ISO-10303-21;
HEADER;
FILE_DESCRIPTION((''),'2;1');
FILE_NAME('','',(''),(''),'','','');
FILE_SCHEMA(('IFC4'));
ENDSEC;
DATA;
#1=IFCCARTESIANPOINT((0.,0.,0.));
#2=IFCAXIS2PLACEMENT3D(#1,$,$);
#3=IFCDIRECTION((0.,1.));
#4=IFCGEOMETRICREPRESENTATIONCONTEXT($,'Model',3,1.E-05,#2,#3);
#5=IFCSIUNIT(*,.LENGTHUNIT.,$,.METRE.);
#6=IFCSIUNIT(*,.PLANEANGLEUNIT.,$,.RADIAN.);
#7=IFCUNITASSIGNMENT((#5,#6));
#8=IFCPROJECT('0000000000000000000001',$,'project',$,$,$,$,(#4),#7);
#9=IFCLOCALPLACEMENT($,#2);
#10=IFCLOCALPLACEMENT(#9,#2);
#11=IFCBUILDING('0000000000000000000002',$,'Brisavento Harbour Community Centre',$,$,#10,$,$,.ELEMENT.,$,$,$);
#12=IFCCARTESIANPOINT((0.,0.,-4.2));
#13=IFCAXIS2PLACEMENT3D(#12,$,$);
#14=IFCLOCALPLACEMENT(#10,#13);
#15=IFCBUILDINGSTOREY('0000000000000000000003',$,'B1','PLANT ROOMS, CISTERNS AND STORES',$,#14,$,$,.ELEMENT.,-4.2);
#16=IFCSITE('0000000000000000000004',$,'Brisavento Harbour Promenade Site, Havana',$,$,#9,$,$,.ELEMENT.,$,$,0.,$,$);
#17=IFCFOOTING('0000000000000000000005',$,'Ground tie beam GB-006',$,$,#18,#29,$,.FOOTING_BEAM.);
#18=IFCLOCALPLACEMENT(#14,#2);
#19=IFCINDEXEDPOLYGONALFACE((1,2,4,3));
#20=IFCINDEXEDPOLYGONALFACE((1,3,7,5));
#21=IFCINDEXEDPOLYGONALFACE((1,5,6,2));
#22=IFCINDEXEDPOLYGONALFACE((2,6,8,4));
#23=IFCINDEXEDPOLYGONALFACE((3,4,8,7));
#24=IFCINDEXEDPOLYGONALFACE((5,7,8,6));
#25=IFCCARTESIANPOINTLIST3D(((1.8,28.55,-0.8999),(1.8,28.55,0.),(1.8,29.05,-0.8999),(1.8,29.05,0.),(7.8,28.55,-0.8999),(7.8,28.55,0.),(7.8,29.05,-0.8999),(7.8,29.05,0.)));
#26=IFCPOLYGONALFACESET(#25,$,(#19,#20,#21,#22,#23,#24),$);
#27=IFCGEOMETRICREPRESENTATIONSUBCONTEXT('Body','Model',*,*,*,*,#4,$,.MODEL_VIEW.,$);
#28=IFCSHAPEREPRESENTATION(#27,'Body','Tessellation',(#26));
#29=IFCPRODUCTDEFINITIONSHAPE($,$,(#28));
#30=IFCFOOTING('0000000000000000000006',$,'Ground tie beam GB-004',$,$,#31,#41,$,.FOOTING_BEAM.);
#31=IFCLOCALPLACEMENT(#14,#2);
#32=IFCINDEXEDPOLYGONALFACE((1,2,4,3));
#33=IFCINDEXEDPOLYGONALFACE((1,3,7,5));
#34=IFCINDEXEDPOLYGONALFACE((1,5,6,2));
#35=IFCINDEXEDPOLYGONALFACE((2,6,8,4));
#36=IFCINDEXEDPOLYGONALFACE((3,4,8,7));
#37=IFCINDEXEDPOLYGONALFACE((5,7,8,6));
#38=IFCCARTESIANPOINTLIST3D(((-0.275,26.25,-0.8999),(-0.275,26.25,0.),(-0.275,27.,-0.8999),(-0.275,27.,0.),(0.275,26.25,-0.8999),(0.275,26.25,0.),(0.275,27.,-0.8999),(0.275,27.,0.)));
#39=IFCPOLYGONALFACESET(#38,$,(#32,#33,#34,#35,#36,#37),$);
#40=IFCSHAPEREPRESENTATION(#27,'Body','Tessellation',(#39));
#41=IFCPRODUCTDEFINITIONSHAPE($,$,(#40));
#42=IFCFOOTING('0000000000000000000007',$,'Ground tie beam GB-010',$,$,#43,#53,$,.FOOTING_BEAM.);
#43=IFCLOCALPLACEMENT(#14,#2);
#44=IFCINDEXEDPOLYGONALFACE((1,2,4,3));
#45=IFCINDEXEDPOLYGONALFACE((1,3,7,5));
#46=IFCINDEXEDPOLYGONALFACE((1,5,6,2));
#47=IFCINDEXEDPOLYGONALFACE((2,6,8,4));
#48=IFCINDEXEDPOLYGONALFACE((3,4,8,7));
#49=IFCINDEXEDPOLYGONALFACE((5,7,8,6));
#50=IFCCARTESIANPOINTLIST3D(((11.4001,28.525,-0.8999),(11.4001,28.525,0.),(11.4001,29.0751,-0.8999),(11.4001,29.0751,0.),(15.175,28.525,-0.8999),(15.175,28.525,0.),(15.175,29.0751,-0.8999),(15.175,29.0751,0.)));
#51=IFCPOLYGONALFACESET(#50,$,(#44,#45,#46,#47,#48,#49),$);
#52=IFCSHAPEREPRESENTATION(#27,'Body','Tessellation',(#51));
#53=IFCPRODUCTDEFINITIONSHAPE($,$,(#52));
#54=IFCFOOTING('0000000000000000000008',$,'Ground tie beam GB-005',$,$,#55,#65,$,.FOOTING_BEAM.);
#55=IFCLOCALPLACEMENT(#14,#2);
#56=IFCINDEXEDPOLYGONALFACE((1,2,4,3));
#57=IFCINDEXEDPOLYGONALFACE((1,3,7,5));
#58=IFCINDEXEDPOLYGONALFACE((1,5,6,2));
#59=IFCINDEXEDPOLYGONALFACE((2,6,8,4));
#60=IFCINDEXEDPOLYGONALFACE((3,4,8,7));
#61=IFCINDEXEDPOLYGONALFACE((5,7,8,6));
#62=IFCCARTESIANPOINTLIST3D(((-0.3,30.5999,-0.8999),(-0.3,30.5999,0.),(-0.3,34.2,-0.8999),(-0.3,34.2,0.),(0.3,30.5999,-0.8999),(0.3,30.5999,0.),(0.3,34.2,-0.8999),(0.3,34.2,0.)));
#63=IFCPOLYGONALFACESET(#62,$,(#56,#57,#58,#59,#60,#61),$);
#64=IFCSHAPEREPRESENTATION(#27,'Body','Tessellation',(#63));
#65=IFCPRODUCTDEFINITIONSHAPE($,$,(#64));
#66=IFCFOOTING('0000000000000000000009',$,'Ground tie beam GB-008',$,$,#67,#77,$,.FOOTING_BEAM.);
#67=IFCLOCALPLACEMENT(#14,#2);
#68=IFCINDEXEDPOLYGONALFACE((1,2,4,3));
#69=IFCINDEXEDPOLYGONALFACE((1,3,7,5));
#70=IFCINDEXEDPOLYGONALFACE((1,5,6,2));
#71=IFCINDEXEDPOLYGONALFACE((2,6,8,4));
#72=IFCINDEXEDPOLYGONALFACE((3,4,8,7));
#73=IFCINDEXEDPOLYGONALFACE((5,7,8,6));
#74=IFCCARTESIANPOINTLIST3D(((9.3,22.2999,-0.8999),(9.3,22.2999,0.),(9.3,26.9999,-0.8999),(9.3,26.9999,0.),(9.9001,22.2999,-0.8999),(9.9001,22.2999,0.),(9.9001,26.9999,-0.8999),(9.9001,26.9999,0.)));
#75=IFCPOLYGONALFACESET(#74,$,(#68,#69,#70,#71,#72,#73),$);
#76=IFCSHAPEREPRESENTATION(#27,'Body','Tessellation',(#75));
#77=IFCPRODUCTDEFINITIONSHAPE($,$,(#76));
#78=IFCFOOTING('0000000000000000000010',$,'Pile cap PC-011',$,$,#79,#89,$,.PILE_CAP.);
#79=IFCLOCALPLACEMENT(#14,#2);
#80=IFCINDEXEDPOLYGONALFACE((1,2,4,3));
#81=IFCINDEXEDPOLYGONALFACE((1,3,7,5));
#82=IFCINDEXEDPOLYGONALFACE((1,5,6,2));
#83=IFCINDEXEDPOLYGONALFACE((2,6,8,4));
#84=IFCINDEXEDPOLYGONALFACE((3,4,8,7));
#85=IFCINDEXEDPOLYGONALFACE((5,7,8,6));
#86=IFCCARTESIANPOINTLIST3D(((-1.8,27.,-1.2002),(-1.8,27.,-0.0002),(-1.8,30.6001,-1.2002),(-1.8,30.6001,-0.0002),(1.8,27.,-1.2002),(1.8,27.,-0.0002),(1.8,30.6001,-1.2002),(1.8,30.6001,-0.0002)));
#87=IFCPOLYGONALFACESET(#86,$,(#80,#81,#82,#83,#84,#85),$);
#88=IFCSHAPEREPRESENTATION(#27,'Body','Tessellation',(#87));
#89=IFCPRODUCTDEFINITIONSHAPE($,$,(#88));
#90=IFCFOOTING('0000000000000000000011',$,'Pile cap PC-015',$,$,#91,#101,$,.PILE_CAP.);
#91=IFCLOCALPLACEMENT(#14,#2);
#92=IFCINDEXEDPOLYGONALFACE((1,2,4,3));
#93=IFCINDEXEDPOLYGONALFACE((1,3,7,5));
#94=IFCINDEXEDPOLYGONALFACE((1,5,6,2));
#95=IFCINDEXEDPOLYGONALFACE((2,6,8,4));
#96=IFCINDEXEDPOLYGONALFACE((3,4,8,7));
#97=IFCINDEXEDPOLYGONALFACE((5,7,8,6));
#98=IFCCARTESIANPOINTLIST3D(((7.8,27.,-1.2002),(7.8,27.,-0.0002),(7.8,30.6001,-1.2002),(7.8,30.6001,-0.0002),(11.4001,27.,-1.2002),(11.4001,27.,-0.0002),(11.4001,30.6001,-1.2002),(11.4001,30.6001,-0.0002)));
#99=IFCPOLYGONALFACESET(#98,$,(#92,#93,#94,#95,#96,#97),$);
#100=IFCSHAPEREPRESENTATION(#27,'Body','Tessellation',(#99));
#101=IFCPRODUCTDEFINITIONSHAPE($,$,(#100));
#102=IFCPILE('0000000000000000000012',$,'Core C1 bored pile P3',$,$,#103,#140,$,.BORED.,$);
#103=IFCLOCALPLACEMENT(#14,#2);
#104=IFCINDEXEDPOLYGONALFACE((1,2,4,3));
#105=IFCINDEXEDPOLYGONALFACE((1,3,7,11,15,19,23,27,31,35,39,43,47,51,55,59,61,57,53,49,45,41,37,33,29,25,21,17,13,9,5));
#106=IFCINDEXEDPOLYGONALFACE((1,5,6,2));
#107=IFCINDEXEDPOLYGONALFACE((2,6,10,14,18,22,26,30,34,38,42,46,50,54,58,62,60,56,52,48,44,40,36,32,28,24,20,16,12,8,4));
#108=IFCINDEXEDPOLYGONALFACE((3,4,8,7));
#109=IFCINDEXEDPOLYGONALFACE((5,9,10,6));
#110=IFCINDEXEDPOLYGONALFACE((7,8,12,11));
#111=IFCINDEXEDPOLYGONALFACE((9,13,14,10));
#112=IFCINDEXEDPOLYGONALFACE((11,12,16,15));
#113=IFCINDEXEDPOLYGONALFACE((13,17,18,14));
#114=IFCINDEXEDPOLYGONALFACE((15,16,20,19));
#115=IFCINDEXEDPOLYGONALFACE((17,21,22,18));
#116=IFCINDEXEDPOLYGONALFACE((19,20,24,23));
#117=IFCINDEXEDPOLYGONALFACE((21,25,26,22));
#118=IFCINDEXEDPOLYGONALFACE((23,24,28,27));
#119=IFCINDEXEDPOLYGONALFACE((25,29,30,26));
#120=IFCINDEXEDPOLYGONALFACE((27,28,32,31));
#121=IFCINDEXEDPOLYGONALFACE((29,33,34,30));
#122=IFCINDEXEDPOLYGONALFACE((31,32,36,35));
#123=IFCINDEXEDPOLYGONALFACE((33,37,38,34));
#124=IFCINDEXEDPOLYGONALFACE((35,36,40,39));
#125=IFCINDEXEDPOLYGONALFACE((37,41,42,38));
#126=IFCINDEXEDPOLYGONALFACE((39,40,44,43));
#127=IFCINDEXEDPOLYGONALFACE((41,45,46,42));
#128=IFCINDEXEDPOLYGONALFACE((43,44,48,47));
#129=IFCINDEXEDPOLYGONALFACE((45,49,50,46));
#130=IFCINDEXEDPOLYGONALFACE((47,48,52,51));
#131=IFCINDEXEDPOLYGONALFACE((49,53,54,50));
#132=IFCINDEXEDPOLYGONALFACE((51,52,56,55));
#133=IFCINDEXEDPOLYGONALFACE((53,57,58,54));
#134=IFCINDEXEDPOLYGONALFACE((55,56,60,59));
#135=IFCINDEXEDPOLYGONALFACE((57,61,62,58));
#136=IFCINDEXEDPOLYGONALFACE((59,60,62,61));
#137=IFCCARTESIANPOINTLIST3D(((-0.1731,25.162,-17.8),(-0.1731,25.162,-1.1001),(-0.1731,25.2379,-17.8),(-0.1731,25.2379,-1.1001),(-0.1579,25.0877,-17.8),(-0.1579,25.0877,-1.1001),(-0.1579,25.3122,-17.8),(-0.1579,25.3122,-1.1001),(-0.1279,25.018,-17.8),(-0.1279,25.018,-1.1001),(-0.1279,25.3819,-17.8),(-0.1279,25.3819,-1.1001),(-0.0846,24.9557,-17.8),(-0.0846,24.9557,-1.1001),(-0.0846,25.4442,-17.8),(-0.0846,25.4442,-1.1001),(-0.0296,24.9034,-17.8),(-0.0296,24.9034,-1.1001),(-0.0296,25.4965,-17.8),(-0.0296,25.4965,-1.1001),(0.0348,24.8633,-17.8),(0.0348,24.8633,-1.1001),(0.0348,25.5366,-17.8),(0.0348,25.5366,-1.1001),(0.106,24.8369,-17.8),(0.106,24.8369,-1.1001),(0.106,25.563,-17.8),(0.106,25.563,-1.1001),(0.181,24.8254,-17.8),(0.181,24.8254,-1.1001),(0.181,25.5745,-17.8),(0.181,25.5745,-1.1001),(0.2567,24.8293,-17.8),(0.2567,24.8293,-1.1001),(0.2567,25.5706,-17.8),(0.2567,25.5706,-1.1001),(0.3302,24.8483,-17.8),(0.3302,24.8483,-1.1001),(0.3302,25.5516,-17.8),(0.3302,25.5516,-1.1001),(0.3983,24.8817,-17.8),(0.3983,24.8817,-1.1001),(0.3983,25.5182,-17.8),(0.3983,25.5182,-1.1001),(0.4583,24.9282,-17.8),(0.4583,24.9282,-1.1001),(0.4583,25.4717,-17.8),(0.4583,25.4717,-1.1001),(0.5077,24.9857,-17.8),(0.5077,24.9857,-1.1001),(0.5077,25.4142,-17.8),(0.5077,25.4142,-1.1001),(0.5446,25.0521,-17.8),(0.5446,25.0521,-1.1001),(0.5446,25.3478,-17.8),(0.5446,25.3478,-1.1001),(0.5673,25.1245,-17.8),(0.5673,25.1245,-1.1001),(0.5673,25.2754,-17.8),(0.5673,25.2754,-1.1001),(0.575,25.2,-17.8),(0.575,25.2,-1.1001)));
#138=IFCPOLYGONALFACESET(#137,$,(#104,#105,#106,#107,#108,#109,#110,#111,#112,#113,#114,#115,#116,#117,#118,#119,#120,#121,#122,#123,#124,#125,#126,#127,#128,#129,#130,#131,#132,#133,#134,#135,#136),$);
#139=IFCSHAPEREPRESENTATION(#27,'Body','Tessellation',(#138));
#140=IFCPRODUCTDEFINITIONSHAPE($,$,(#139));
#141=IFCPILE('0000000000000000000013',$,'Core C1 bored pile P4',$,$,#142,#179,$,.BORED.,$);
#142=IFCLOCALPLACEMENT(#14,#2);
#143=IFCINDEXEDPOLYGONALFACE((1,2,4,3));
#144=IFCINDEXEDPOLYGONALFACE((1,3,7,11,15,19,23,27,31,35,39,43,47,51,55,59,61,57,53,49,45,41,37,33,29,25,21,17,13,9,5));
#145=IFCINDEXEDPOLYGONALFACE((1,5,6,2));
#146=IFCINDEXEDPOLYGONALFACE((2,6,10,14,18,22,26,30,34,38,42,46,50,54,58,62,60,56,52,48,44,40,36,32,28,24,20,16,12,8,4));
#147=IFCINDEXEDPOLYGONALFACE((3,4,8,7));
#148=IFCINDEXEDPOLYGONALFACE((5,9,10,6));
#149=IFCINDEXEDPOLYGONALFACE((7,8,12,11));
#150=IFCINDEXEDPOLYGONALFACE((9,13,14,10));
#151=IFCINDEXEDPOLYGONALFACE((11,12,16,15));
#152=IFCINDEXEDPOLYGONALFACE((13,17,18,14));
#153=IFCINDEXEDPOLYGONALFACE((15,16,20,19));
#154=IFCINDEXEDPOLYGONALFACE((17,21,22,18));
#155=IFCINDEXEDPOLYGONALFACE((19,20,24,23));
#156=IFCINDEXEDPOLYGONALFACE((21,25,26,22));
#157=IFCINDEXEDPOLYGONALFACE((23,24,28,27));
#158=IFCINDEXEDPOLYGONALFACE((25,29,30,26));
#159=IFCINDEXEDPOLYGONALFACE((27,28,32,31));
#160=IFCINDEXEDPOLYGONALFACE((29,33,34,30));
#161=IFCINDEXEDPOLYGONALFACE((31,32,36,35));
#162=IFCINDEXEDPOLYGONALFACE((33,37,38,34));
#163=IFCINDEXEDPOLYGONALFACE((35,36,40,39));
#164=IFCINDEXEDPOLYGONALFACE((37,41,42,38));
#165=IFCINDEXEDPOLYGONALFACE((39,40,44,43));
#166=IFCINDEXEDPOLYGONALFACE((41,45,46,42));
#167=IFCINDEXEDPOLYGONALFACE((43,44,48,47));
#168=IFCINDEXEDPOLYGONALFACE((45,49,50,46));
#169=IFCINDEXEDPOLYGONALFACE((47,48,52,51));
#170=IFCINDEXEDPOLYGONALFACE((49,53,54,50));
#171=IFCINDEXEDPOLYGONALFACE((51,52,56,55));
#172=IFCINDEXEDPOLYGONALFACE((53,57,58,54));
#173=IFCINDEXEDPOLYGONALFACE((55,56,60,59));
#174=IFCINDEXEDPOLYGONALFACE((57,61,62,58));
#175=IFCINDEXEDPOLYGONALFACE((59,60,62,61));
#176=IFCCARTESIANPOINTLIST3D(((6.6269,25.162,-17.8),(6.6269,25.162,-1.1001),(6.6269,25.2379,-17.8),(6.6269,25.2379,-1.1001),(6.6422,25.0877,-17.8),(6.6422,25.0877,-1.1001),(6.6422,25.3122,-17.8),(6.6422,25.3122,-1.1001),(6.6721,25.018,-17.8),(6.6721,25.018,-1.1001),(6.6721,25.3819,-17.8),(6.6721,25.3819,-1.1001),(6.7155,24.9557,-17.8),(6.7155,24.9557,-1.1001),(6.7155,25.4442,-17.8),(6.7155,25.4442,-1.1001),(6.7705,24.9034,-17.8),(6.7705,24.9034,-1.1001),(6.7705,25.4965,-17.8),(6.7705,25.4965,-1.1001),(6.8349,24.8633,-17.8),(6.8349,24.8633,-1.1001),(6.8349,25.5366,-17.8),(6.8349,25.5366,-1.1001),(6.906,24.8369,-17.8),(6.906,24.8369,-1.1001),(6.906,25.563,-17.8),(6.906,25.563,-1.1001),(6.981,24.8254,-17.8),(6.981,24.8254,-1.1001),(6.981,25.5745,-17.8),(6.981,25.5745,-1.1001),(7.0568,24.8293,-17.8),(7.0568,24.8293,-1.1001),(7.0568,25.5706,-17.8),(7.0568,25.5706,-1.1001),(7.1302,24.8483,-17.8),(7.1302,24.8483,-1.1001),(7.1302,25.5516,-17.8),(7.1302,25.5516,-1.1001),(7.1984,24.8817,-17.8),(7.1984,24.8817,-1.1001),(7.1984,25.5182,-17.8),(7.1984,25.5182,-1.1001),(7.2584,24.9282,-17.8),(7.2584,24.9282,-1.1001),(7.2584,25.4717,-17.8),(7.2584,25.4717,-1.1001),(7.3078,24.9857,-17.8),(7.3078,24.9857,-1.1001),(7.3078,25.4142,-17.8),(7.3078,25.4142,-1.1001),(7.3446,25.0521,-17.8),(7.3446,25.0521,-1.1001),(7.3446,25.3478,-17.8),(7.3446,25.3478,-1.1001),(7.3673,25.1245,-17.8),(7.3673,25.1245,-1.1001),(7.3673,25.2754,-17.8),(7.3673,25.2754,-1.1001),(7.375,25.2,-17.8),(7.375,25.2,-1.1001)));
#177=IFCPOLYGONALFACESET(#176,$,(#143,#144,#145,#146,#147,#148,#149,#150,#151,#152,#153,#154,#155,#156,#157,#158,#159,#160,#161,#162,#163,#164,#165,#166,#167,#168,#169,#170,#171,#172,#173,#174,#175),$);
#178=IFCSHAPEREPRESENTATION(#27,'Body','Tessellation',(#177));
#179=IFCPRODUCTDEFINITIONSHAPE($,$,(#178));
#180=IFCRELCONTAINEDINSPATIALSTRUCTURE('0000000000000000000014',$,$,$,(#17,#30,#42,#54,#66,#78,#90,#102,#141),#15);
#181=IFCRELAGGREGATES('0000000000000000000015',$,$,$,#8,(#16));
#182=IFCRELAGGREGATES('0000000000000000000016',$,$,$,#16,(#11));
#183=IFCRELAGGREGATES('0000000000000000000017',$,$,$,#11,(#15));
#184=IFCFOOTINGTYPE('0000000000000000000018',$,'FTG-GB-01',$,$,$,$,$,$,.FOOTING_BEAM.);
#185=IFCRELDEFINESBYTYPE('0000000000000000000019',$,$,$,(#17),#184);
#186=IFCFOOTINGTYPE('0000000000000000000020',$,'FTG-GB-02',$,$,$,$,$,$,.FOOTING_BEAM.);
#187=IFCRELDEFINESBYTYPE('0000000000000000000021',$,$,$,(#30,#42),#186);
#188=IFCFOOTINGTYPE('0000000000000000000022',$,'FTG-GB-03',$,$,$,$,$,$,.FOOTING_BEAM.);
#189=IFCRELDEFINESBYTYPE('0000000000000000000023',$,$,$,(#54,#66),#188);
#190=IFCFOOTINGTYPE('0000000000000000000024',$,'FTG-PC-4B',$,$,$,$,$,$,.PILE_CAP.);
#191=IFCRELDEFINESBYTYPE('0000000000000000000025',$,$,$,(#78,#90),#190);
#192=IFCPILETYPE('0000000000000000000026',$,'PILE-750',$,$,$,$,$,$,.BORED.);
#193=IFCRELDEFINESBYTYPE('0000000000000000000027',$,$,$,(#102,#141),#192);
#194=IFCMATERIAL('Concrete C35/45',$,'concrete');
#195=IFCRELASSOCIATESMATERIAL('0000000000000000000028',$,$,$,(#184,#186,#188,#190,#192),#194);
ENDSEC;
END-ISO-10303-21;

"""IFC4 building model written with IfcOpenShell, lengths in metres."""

from ifc_helpers import new_model, si_unit, direction, frame, origin, origin_2d, place, context, subcontext, project, spatial, rectangle, circle, extrude, material, material_profile, profile_set, type_object, element, save


model = new_model("IFC4")

# Units and contexts
model_context = context("Model", 3, precision=1e-05, world=origin(), true_north=direction((0.0, 1.0)))
body_context = subcontext(model_context, "Body", "Model", "MODEL_VIEW")
ifc_project = project(units=[si_unit("LENGTHUNIT", "METRE"), si_unit("PLANEANGLEUNIT", "RADIAN")], contexts=[model_context])

# Site, building, storey
site_placement = place(None, origin())
site = spatial("IfcSite", under=ifc_project, at=site_placement, Name="Brisavento Harbour Promenade Site, Havana", CompositionType="ELEMENT", RefElevation=0.0)
building_placement = place(site_placement, origin())
building = spatial("IfcBuilding", under=site, at=building_placement, Name="Brisavento Harbour Community Centre", CompositionType="ELEMENT")
storey_placement = place(building_placement, frame((0.0, 0.0, -4.2)))
storey = spatial("IfcBuildingStorey", under=building, at=storey_placement, Name="B1", Description="PLANT ROOMS, CISTERNS AND STORES", CompositionType="ELEMENT", Elevation=-4.2)

# Footings
ifc_material_1 = material(Name="Concrete C35/45", Category="concrete")
footing_type_1 = type_object("IfcFootingType", Name="FTG-GB-01", PredefinedType="FOOTING_BEAM", material=ifc_material_1)
footing_1_placement = place(storey_placement, frame((4.8, 28.8, -0.8999), z_axis=(0.0, 0.0, 1.0), x_axis=(1.0, 0.0, 0.0)))
element("IfcFooting", 1, at=footing_1_placement, inside=storey, type_object=footing_type_1, Name="Ground tie beam GB-006", PredefinedType="FOOTING_BEAM", context=body_context, shape_type="SweptSolid", body=[
    extrude(rectangle(XDim=6.0, YDim=0.5, at=origin_2d()), origin(), (0.0, 0.0, 1.0), 0.8999),
])
footing_type_2 = type_object("IfcFootingType", Name="FTG-GB-02", PredefinedType="FOOTING_BEAM", material=ifc_material_1)
footing_2_placement = place(storey_placement, frame((0.0, 26.625, -0.8999), z_axis=(0.0, 0.0, 1.0), x_axis=(1.0, 0.0, 0.0)))
element("IfcFooting", 2, at=footing_2_placement, inside=storey, type_object=footing_type_2, Name="Ground tie beam GB-004", PredefinedType="FOOTING_BEAM", context=body_context, shape_type="SweptSolid", body=[
    extrude(rectangle(XDim=0.55, YDim=0.75, at=origin_2d()), origin(), (0.0, 0.0, 1.0), 0.8999),
])
footing_3_placement = place(storey_placement, frame((13.2876, 28.8, -0.8999), z_axis=(0.0, 0.0, 1.0), x_axis=(1.0, 0.0, 0.0)))
element("IfcFooting", 3, at=footing_3_placement, inside=storey, type_object=footing_type_2, Name="Ground tie beam GB-010", PredefinedType="FOOTING_BEAM", context=body_context, shape_type="SweptSolid", body=[
    extrude(rectangle(XDim=3.7749, YDim=0.55, at=origin_2d()), origin(), (0.0, 0.0, 1.0), 0.8999),
])
footing_type_3 = type_object("IfcFootingType", Name="FTG-GB-03", PredefinedType="FOOTING_BEAM", material=ifc_material_1)
footing_4_placement = place(storey_placement, frame((0.0, 32.3999, -0.8999), z_axis=(0.0, 0.0, 1.0), x_axis=(1.0, 0.0, 0.0)))
element("IfcFooting", 4, at=footing_4_placement, inside=storey, type_object=footing_type_3, Name="Ground tie beam GB-005", PredefinedType="FOOTING_BEAM", context=body_context, shape_type="SweptSolid", body=[
    extrude(rectangle(XDim=0.6001, YDim=3.6001, at=origin_2d()), origin(), (0.0, 0.0, 1.0), 0.8999),
])
footing_5_placement = place(storey_placement, frame((9.6001, 24.6499, -0.8999), z_axis=(0.0, 0.0, 1.0), x_axis=(1.0, 0.0, 0.0)))
element("IfcFooting", 5, at=footing_5_placement, inside=storey, type_object=footing_type_3, Name="Ground tie beam GB-008", PredefinedType="FOOTING_BEAM", context=body_context, shape_type="SweptSolid", body=[
    extrude(rectangle(XDim=0.6001, YDim=4.7, at=origin_2d()), origin(), (0.0, 0.0, 1.0), 0.8999),
])
footing_type_4 = type_object("IfcFootingType", Name="FTG-PC-4B", PredefinedType="PILE_CAP", material=ifc_material_1)
for number, where, z_axis, x_axis, name in (
    (6, (0.0, 28.8, -1.2002), (0.0, 0.0, 1.0), (1.0, 0.0, 0.0), "Pile cap PC-011"),
    (7, (9.6001, 28.8, -1.2002), (0.0, 0.0, 1.0), (1.0, 0.0, 0.0), "Pile cap PC-015"),
):
    element("IfcFooting", number, at=place(storey_placement, frame(where, z_axis=z_axis, x_axis=x_axis)), inside=storey, type_object=footing_type_4, Name=name, PredefinedType="PILE_CAP", context=body_context, shape_type="SweptSolid", body=[
        extrude(rectangle(XDim=3.6001, YDim=3.6001, at=origin_2d()), origin(), (0.0, 0.0, 1.0), 1.2),
    ])

# Piles
ifc_material_profile_1 = material_profile(ifc_material_1, circle(Radius=0.375, at=origin_2d()), Name="Concrete C35/45")
ifc_profile_set_1 = profile_set([ifc_material_profile_1], Name="Concrete C35/45")
pile_type = type_object("IfcPileType", Name="PILE-750", PredefinedType="BORED", material=ifc_profile_set_1)
for number, where, z_axis, x_axis, name in (
    (8, (0.2, 25.2, -1.1001), (0.0, 0.0, -1.0), (1.0, 0.0, 0.0), "Core C1 bored pile P3"),
    (9, (7.0, 25.2, -1.1001), (0.0, 0.0, -1.0), (1.0, 0.0, 0.0), "Core C1 bored pile P4"),
):
    element("IfcPile", number, at=place(storey_placement, frame(where, z_axis=z_axis, x_axis=x_axis)), inside=storey, type_object=pile_type, Name=name, PredefinedType="BORED", context=body_context, shape_type="SweptSolid", body=[
        extrude(circle(Radius=0.375, at=origin_2d()), origin(), (0.0, 0.0, 1.0), 16.7),
    ])

save(model, "model.ifc")
